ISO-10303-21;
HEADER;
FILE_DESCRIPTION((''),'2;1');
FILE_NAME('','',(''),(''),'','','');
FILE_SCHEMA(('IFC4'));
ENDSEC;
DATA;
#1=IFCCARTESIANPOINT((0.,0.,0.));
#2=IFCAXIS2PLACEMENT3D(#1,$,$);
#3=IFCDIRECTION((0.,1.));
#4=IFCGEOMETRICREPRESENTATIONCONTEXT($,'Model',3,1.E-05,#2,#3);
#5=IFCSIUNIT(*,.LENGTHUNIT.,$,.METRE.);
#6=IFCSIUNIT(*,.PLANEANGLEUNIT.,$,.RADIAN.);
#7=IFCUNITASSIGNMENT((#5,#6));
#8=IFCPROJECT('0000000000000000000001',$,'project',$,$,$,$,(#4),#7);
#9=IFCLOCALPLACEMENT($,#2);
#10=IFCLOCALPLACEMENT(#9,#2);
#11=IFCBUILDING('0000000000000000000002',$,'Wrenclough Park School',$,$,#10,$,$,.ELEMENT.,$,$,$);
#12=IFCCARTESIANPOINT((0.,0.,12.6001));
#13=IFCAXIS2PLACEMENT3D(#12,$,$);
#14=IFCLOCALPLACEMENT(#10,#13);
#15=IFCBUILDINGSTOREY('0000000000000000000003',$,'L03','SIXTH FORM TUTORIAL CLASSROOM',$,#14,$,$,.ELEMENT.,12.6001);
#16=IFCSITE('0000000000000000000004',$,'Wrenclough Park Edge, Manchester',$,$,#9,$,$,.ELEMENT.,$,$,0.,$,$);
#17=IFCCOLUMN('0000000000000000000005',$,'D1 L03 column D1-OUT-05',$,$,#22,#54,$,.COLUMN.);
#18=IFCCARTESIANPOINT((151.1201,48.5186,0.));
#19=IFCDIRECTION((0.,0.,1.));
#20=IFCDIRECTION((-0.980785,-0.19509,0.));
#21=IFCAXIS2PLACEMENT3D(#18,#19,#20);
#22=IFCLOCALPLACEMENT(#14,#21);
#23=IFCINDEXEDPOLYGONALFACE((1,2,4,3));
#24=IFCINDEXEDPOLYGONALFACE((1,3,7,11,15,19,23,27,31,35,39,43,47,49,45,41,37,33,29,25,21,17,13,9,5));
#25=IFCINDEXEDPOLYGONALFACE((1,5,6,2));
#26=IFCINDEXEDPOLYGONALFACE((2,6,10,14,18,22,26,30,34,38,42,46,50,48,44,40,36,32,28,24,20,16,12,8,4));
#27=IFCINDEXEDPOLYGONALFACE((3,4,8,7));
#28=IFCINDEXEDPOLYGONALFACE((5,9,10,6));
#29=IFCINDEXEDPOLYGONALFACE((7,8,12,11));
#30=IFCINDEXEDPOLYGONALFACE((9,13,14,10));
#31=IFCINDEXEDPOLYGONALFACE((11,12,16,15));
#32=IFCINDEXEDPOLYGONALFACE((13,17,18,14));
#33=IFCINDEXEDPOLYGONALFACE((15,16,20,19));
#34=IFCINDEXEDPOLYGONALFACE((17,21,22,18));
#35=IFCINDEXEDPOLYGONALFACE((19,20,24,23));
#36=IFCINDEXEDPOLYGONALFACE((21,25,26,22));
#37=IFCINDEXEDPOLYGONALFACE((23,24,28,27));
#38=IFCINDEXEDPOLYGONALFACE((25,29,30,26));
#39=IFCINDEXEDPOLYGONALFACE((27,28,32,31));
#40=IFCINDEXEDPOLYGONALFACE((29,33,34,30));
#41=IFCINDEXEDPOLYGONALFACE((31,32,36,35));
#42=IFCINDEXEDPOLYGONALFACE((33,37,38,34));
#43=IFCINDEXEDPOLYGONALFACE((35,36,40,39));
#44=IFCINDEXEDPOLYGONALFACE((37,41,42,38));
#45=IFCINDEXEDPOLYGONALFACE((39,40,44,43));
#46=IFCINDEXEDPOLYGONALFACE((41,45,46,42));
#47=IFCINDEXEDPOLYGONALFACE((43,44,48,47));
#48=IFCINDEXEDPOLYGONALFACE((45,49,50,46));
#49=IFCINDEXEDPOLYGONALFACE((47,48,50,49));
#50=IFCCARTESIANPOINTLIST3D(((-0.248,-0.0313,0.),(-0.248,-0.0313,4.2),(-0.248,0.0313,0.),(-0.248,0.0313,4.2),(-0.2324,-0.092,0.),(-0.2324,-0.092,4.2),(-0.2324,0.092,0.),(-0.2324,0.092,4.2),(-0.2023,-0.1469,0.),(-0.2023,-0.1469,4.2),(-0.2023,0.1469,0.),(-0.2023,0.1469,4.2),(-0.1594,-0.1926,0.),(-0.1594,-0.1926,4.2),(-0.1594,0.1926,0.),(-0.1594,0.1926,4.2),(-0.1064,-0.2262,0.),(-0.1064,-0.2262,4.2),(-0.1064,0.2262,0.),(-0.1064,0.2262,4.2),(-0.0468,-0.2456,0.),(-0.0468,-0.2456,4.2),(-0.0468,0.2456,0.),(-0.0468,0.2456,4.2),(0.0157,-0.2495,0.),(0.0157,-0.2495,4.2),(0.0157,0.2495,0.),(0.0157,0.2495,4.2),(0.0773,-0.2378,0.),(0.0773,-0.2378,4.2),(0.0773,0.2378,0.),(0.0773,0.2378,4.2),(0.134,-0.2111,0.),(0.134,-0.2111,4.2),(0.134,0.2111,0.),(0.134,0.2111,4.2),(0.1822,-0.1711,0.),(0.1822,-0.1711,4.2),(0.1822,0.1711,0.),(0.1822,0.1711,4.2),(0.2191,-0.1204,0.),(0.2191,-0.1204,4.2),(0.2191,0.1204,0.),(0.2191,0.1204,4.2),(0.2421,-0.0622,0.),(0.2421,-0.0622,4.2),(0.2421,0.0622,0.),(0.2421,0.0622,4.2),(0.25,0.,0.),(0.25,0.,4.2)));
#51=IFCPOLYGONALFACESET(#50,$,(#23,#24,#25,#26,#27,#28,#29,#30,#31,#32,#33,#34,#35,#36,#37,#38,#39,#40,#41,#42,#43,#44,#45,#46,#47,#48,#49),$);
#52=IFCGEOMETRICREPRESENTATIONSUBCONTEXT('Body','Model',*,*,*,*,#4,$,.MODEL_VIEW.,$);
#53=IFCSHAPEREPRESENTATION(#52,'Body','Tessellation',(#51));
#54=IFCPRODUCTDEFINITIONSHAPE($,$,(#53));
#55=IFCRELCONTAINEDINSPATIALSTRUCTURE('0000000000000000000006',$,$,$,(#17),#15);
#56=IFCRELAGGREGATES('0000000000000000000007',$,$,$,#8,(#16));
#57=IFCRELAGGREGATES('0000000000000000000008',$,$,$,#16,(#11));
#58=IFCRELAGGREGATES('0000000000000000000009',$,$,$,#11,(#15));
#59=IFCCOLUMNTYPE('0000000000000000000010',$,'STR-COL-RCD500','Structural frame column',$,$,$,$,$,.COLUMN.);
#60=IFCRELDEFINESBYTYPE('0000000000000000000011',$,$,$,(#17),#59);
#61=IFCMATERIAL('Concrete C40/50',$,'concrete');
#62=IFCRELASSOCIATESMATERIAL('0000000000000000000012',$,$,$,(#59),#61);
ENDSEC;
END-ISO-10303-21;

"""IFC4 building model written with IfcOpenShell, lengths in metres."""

from ifc_helpers import new_model, si_unit, direction, frame, origin, origin_2d, place, context, subcontext, project, spatial, circle, extrude, material, material_profile, profile_set, type_object, element, save


model = new_model("IFC4")

# Units and contexts
model_context = context("Model", 3, precision=1e-05, world=origin(), true_north=direction((0.0, 1.0)))
body_context = subcontext(model_context, "Body", "Model", "MODEL_VIEW")
ifc_project = project(units=[si_unit("LENGTHUNIT", "METRE"), si_unit("PLANEANGLEUNIT", "RADIAN")], contexts=[model_context])

# Site, building, storey
site_placement = place(None, origin())
site = spatial("IfcSite", under=ifc_project, at=site_placement, Name="Wrenclough Park Edge, Manchester", CompositionType="ELEMENT", RefElevation=0.0)
building_placement = place(site_placement, origin())
building = spatial("IfcBuilding", under=site, at=building_placement, Name="Wrenclough Park School", CompositionType="ELEMENT")
storey_placement = place(building_placement, frame((0.0, 0.0, 12.6001)))
storey = spatial("IfcBuildingStorey", under=building, at=storey_placement, Name="L03", Description="SIXTH FORM TUTORIAL CLASSROOM", CompositionType="ELEMENT", Elevation=12.6001)

# Column
ifc_material_1 = material(Name="Concrete C40/50", Category="concrete")
ifc_material_profile_1 = material_profile(ifc_material_1, circle(Radius=0.25, at=origin_2d()), Name="RC COL D500")
ifc_profile_set_1 = profile_set([ifc_material_profile_1], Name="Concrete C40/50")
column_type_1 = type_object("IfcColumnType", Name="STR-COL-RCD500", Description="Structural frame column", PredefinedType="COLUMN", material=ifc_profile_set_1)
column_1_placement = place(storey_placement, frame((151.1201, 48.5186, 0.0), z_axis=(0.0, 0.0, 1.0), x_axis=(-0.980785, -0.19509, 0.0)))
element("IfcColumn", 1, at=column_1_placement, inside=storey, type_object=column_type_1, Name="D1 L03 column D1-OUT-05", PredefinedType="COLUMN", context=body_context, shape_type="SweptSolid", body=[
    extrude(circle(Radius=0.25, at=origin_2d()), origin(), (0.0, 0.0, 1.0), 4.2),
])

save(model, "model.ifc")
